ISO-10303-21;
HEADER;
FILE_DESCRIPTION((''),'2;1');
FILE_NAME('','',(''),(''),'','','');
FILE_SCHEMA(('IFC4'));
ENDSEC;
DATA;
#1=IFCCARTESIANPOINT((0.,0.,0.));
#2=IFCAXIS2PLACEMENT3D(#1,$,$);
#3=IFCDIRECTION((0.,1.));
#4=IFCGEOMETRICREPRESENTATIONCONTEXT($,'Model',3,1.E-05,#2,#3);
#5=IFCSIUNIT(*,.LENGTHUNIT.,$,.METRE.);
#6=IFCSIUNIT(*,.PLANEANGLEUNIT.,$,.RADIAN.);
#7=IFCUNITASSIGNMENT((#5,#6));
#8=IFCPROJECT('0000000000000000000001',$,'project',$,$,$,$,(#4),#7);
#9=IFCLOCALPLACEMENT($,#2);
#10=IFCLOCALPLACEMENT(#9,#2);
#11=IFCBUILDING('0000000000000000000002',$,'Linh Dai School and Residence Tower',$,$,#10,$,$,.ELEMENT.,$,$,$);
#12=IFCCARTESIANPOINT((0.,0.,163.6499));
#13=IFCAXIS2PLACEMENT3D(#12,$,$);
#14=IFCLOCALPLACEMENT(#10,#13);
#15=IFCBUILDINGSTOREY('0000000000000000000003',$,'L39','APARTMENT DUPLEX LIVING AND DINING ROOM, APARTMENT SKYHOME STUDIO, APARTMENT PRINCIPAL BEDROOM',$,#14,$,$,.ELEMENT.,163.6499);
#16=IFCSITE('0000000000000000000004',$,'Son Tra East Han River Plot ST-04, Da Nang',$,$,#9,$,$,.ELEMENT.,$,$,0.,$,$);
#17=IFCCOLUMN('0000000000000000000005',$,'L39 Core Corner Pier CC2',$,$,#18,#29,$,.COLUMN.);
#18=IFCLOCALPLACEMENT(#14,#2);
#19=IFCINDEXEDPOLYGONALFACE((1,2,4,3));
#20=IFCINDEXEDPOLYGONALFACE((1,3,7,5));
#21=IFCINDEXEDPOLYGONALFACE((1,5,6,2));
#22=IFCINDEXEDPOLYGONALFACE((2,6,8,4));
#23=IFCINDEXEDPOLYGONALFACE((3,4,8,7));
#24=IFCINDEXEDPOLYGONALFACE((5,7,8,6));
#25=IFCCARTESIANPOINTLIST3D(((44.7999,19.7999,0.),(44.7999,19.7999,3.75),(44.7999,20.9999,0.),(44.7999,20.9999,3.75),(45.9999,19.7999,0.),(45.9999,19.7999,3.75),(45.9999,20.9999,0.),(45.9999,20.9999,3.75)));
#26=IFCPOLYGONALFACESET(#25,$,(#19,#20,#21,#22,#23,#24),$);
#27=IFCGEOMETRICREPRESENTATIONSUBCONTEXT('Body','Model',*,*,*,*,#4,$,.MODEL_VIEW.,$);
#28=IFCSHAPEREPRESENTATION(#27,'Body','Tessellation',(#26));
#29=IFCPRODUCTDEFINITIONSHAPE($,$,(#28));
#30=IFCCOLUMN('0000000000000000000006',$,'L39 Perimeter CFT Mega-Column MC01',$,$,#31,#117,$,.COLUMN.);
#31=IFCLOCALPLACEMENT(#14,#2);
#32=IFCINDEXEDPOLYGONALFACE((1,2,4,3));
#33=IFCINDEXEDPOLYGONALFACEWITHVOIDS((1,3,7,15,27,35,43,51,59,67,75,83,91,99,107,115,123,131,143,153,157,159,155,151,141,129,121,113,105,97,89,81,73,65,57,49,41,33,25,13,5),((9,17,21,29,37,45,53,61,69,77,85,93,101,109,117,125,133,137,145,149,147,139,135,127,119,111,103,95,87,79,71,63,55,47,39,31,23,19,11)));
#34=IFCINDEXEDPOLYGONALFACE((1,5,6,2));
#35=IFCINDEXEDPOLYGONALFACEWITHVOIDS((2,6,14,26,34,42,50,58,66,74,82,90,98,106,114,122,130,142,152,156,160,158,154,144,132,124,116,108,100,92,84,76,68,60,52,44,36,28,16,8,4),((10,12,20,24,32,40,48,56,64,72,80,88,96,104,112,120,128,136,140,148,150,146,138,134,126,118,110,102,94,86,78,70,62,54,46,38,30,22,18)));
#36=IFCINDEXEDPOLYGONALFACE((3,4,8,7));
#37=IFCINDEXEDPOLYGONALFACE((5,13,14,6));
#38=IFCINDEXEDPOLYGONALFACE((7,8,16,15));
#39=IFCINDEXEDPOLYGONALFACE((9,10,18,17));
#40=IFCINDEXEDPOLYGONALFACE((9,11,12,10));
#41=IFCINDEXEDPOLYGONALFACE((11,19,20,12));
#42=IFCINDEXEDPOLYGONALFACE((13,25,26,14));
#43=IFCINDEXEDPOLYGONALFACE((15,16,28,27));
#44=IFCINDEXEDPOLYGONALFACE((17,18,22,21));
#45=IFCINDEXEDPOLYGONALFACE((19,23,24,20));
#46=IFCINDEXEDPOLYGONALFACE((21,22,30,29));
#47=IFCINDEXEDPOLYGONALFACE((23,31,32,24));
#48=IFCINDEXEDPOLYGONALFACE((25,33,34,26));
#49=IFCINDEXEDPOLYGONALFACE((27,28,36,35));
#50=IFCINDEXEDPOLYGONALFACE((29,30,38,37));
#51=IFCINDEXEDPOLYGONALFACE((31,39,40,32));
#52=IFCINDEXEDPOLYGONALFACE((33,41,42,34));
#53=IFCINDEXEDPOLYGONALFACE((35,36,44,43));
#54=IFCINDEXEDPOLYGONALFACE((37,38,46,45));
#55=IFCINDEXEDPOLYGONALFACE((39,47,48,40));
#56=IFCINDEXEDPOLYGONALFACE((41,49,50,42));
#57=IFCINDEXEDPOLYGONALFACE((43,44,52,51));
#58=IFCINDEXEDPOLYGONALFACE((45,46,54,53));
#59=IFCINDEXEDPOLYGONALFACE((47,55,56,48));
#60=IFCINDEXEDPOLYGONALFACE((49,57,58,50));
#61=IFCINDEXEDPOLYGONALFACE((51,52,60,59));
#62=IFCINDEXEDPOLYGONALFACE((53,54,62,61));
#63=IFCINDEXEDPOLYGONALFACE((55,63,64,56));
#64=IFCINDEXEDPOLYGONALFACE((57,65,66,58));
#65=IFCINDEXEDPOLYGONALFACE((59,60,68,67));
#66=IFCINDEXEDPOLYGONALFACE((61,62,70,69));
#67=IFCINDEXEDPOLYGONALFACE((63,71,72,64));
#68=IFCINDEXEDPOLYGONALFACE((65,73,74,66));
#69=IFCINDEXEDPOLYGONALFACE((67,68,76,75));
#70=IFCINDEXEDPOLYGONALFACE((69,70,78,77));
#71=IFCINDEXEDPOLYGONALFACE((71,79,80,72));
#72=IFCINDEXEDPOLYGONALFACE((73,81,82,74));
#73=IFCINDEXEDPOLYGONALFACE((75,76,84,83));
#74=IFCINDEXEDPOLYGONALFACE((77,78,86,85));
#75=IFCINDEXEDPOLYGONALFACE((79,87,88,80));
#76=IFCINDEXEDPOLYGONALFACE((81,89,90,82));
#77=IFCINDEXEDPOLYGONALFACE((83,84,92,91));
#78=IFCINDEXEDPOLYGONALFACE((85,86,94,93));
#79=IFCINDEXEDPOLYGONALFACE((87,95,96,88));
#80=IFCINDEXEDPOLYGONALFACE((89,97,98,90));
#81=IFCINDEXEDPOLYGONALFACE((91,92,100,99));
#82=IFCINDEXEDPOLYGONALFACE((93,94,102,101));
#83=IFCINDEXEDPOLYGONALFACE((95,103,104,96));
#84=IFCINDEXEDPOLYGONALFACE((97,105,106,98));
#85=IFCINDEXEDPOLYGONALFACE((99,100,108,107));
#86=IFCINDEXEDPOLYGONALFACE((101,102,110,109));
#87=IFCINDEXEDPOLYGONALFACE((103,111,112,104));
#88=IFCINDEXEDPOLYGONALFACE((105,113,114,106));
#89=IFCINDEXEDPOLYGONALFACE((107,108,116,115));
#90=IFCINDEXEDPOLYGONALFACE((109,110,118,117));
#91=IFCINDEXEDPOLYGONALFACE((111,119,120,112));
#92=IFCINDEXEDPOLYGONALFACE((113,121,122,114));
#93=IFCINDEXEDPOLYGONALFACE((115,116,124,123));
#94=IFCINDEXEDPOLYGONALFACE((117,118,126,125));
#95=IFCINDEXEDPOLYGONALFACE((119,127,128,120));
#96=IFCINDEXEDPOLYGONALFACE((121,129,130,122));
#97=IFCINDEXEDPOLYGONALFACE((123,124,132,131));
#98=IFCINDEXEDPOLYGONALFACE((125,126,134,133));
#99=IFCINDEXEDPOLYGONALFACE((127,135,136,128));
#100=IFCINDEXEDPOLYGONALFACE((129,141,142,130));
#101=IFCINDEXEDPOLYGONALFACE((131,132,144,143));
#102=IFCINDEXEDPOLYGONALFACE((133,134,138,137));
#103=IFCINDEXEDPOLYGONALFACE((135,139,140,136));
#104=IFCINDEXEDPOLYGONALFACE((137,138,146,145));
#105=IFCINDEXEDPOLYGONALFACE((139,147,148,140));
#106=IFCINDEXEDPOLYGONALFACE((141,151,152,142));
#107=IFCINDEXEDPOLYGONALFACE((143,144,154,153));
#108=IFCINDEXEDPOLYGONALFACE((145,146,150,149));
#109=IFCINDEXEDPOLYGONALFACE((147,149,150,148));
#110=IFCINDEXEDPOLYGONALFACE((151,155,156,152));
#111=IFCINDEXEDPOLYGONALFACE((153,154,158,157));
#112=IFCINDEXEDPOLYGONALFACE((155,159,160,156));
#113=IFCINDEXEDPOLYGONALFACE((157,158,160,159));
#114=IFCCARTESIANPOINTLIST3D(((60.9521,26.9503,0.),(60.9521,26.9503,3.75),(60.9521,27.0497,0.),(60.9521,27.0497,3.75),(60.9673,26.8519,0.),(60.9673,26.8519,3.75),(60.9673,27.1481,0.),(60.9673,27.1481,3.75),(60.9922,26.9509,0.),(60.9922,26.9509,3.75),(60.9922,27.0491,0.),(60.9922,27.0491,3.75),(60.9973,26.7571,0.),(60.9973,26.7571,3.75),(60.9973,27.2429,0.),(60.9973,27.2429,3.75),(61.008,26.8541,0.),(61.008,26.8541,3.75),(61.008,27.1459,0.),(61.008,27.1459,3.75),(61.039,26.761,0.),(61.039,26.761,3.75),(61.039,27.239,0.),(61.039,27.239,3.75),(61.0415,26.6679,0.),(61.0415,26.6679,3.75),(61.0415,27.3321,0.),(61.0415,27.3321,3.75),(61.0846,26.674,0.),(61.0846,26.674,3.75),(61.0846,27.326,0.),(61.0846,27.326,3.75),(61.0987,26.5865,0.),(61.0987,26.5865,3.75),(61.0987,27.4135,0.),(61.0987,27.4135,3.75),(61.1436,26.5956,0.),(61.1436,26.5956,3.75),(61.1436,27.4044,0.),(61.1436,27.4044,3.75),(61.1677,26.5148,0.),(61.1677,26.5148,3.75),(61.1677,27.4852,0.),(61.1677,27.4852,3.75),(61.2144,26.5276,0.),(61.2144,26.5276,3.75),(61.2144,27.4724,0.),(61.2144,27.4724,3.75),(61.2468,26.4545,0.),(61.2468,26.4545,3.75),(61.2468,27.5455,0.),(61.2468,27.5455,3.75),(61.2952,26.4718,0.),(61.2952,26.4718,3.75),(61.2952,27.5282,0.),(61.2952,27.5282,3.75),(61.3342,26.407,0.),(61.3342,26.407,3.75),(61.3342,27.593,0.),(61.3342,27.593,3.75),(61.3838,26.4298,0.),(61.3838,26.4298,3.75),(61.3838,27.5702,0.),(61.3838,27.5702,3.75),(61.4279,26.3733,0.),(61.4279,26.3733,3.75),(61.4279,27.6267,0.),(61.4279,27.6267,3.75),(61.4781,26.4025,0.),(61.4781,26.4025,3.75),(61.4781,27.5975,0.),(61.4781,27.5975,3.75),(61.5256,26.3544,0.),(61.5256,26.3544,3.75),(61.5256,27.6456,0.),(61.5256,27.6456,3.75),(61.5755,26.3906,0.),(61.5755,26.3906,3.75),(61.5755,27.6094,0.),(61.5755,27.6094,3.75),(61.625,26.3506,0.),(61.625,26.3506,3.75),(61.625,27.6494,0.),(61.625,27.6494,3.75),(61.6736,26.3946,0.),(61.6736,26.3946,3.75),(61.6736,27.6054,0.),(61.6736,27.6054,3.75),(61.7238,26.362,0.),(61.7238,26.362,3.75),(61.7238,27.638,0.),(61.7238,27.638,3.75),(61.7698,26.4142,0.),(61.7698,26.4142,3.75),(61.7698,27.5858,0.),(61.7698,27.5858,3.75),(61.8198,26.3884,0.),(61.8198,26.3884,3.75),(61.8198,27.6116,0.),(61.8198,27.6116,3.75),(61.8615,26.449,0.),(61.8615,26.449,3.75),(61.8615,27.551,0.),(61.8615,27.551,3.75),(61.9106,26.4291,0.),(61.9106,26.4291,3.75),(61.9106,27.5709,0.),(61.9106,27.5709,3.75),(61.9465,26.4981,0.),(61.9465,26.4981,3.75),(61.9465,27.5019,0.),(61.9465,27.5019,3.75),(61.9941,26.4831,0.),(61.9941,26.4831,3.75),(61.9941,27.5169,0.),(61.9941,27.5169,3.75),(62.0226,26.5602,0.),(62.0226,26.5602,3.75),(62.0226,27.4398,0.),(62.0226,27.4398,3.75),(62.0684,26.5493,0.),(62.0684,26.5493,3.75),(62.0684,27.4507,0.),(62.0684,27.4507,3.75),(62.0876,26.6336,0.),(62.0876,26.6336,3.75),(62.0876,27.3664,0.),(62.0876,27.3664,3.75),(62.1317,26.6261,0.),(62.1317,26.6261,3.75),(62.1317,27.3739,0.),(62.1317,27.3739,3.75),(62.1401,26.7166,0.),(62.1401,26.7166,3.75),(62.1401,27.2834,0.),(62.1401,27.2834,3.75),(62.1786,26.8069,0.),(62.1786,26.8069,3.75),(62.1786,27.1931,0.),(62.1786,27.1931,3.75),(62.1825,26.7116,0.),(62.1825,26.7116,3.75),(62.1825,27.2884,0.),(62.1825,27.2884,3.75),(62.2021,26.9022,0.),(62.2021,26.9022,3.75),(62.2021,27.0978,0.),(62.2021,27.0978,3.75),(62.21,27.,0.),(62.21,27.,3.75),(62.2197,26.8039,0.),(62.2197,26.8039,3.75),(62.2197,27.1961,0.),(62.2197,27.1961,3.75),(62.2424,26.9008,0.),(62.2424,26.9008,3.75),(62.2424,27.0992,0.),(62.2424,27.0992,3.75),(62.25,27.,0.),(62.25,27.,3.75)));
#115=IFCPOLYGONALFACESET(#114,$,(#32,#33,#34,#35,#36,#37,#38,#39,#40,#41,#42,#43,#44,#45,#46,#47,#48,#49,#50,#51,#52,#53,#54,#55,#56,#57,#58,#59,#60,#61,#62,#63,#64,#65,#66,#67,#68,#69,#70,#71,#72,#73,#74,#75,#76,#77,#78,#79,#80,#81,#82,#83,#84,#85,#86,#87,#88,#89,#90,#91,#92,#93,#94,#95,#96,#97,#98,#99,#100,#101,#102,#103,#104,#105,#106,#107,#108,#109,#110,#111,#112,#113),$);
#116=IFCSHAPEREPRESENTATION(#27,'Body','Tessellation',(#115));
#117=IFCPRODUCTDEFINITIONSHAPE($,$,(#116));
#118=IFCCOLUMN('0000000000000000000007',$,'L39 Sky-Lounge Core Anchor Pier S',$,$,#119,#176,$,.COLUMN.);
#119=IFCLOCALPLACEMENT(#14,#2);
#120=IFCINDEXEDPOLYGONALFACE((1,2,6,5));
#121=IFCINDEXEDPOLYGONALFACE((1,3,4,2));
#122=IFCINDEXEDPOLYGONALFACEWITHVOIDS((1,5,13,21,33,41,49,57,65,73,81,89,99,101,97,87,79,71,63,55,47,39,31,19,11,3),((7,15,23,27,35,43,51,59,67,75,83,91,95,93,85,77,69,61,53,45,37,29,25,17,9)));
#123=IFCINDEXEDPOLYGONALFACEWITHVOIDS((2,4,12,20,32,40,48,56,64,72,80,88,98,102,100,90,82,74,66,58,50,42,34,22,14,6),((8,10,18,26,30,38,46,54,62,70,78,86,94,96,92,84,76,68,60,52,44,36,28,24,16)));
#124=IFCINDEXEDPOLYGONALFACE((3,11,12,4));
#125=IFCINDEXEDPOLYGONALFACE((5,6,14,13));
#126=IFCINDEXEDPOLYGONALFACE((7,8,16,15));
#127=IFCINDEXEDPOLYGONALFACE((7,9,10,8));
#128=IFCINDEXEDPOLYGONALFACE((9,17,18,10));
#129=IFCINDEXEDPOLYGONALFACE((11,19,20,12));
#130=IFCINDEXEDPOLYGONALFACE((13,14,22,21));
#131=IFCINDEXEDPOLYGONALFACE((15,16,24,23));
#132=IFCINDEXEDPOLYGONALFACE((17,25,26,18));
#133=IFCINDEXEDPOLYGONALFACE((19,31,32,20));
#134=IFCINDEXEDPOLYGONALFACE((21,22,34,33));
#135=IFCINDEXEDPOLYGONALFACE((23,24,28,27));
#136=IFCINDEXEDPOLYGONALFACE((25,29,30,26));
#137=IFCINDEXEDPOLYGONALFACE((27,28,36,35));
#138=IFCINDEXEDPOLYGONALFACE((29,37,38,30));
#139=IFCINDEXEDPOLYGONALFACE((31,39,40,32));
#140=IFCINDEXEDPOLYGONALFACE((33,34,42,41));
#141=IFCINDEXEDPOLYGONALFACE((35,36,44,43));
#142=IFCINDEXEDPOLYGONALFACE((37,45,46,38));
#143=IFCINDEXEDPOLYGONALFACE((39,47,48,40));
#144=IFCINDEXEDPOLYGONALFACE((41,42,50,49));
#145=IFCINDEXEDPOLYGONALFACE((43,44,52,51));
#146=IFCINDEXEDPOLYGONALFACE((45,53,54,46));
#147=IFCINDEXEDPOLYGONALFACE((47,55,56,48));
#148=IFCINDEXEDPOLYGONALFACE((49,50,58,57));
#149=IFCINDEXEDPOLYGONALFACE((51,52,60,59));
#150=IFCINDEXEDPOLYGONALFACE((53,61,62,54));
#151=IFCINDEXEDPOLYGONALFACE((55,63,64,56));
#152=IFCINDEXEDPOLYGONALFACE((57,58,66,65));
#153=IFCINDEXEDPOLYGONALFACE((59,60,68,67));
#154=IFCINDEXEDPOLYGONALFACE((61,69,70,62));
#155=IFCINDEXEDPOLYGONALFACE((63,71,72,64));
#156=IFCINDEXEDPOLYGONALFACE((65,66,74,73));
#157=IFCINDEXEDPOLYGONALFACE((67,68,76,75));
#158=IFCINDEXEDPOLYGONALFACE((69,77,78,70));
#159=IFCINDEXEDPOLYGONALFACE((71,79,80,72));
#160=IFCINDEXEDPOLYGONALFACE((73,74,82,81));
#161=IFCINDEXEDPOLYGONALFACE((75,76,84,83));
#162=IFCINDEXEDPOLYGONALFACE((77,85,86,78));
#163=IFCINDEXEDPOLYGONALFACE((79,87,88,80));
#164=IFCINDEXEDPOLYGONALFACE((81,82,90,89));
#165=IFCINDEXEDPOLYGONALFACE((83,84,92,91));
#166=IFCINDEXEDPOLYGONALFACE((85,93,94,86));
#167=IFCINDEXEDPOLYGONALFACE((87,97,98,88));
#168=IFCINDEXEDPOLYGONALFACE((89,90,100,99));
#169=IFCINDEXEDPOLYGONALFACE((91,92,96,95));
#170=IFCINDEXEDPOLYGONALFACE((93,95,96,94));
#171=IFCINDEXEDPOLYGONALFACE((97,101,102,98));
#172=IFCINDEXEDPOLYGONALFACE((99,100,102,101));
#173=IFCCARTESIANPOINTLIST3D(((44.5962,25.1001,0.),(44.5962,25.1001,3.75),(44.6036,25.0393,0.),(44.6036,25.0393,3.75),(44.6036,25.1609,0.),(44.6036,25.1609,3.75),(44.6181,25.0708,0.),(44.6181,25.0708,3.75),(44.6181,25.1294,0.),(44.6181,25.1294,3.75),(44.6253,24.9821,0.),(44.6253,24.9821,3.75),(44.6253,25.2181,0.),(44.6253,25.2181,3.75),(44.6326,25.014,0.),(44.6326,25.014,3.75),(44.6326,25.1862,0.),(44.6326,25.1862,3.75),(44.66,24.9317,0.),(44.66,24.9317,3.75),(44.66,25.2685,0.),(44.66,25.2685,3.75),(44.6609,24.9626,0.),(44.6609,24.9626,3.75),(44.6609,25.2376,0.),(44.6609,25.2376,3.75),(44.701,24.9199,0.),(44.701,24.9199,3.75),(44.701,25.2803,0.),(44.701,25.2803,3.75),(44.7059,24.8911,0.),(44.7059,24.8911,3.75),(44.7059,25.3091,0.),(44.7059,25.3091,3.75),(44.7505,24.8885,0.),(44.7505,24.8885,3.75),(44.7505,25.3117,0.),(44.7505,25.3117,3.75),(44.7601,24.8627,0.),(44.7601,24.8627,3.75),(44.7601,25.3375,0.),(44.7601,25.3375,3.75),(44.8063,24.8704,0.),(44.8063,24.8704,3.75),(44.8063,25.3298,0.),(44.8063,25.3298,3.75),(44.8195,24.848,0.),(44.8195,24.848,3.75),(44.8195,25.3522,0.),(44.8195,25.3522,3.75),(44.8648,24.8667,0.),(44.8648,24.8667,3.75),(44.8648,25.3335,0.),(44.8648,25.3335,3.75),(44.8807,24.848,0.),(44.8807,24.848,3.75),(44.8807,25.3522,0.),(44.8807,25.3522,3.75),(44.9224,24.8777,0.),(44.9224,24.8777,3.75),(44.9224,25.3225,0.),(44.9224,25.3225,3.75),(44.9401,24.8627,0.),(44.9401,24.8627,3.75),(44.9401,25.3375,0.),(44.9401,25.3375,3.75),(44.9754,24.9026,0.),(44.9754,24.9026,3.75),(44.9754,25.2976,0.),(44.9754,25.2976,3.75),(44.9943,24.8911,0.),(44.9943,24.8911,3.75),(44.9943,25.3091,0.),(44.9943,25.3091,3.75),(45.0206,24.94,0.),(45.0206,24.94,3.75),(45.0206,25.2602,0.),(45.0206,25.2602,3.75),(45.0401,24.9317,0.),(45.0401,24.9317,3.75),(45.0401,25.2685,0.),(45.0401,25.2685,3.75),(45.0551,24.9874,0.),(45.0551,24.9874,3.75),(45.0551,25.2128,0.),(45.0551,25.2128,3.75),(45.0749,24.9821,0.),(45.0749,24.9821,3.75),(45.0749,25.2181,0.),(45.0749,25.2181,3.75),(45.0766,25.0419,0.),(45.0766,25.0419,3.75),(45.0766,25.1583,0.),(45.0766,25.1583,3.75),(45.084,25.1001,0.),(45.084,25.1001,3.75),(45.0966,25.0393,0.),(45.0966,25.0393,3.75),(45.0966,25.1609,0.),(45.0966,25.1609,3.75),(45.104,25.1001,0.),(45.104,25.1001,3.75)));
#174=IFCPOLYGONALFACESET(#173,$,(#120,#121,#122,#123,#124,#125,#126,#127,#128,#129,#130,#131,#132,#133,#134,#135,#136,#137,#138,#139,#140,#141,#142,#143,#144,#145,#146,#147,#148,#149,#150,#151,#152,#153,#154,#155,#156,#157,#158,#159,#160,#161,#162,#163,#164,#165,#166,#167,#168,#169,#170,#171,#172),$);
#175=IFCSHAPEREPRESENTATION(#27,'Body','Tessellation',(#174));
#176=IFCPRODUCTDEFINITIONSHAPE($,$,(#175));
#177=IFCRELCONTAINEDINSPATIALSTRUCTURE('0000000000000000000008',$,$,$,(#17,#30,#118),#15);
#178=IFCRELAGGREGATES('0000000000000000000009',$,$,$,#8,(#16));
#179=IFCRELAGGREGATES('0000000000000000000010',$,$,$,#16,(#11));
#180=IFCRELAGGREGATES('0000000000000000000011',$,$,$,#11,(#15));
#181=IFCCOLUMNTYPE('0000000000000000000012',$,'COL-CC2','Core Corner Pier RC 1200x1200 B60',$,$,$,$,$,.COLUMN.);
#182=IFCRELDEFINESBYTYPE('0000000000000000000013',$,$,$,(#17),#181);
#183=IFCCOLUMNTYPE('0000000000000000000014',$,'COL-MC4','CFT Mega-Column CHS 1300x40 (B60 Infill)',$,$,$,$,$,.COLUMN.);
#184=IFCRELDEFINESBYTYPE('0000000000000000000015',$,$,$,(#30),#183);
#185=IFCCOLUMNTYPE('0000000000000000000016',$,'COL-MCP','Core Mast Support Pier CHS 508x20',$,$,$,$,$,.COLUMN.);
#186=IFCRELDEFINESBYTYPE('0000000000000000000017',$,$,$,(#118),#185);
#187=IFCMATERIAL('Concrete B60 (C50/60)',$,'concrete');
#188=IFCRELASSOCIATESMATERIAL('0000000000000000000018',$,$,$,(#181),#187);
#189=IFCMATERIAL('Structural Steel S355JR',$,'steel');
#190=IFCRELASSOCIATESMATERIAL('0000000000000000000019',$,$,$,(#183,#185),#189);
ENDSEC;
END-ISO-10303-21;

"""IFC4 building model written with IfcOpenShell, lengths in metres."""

from ifc_helpers import new_model, si_unit, direction, frame, origin, origin_2d, place, context, subcontext, project, spatial, rectangle, hollow_circle, extrude, material, material_profile, profile_set, type_object, element, save


model = new_model("IFC4")

# Units and contexts
model_context = context("Model", 3, precision=1e-05, world=origin(), true_north=direction((0.0, 1.0)))
body_context = subcontext(model_context, "Body", "Model", "MODEL_VIEW")
ifc_project = project(units=[si_unit("LENGTHUNIT", "METRE"), si_unit("PLANEANGLEUNIT", "RADIAN")], contexts=[model_context])

# Site, building, storey
site_placement = place(None, origin())
site = spatial("IfcSite", under=ifc_project, at=site_placement, Name="Son Tra East Han River Plot ST-04, Da Nang", CompositionType="ELEMENT", RefElevation=0.0)
building_placement = place(site_placement, origin())
building = spatial("IfcBuilding", under=site, at=building_placement, Name="Linh Dai School and Residence Tower", CompositionType="ELEMENT")
storey_placement = place(building_placement, frame((0.0, 0.0, 163.6499)))
storey = spatial("IfcBuildingStorey", under=building, at=storey_placement, Name="L39", Description="APARTMENT DUPLEX LIVING AND DINING ROOM, APARTMENT SKYHOME STUDIO, APARTMENT PRINCIPAL BEDROOM", CompositionType="ELEMENT", Elevation=163.6499)

# Columns
ifc_material_1 = material(Name="Concrete B60 (C50/60)", Category="concrete")
ifc_material_profile_1 = material_profile(ifc_material_1, rectangle(XDim=1.2, YDim=1.2, at=origin_2d()), Name="RC 1200x1200")
ifc_profile_set_1 = profile_set([ifc_material_profile_1], Name="Concrete B60 (C50/60)")
column_type_1 = type_object("IfcColumnType", Name="COL-CC2", Description="Core Corner Pier RC 1200x1200 B60", PredefinedType="COLUMN", material=ifc_profile_set_1)
column_1_placement = place(storey_placement, frame((45.3999, 20.3999, 0.0), z_axis=(0.0, 0.0, 1.0), x_axis=(1.0, 0.0, 0.0)))
element("IfcColumn", 1, at=column_1_placement, inside=storey, type_object=column_type_1, Name="L39 Core Corner Pier CC2", PredefinedType="COLUMN", context=body_context, shape_type="SweptSolid", body=[
    extrude(rectangle(XDim=1.2, YDim=1.2, at=origin_2d()), origin(), (0.0, 0.0, 1.0), 3.75),
])
ifc_material_2 = material(Name="Structural Steel S355JR", Category="steel")
ifc_material_profile_2 = material_profile(ifc_material_2, hollow_circle(Radius=0.6499, WallThickness=0.04, at=origin_2d()), Name="CHS 1300x40")
ifc_profile_set_2 = profile_set([ifc_material_profile_2], Name="Structural Steel S355JR")
column_type_2 = type_object("IfcColumnType", Name="COL-MC4", Description="CFT Mega-Column CHS 1300x40 (B60 Infill)", PredefinedType="COLUMN", material=ifc_profile_set_2)
column_2_placement = place(storey_placement, frame((61.6001, 27.0, 0.0), z_axis=(0.0, 0.0, 1.0), x_axis=(1.0, 0.0, 0.0)))
element("IfcColumn", 2, at=column_2_placement, inside=storey, type_object=column_type_2, Name="L39 Perimeter CFT Mega-Column MC01", PredefinedType="COLUMN", context=body_context, shape_type="SweptSolid", body=[
    extrude(hollow_circle(Radius=0.6499, WallThickness=0.04, at=origin_2d()), origin(), (0.0, 0.0, 1.0), 3.75),
])
ifc_material_profile_3 = material_profile(ifc_material_2, hollow_circle(Radius=0.2539, WallThickness=0.02, at=origin_2d()), Name="CHS 508x20")
ifc_profile_set_3 = profile_set([ifc_material_profile_3], Name="Structural Steel S355JR")
column_type_3 = type_object("IfcColumnType", Name="COL-MCP", Description="Core Mast Support Pier CHS 508x20", PredefinedType="COLUMN", material=ifc_profile_set_3)
column_3_placement = place(storey_placement, frame((44.8501, 25.1001, 0.0), z_axis=(0.0, 0.0, 1.0), x_axis=(1.0, 0.0, 0.0)))
element("IfcColumn", 3, at=column_3_placement, inside=storey, type_object=column_type_3, Name="L39 Sky-Lounge Core Anchor Pier S", PredefinedType="COLUMN", context=body_context, shape_type="SweptSolid", body=[
    extrude(hollow_circle(Radius=0.2539, WallThickness=0.02, at=origin_2d()), origin(), (0.0, 0.0, 1.0), 3.75),
])

save(model, "model.ifc")
